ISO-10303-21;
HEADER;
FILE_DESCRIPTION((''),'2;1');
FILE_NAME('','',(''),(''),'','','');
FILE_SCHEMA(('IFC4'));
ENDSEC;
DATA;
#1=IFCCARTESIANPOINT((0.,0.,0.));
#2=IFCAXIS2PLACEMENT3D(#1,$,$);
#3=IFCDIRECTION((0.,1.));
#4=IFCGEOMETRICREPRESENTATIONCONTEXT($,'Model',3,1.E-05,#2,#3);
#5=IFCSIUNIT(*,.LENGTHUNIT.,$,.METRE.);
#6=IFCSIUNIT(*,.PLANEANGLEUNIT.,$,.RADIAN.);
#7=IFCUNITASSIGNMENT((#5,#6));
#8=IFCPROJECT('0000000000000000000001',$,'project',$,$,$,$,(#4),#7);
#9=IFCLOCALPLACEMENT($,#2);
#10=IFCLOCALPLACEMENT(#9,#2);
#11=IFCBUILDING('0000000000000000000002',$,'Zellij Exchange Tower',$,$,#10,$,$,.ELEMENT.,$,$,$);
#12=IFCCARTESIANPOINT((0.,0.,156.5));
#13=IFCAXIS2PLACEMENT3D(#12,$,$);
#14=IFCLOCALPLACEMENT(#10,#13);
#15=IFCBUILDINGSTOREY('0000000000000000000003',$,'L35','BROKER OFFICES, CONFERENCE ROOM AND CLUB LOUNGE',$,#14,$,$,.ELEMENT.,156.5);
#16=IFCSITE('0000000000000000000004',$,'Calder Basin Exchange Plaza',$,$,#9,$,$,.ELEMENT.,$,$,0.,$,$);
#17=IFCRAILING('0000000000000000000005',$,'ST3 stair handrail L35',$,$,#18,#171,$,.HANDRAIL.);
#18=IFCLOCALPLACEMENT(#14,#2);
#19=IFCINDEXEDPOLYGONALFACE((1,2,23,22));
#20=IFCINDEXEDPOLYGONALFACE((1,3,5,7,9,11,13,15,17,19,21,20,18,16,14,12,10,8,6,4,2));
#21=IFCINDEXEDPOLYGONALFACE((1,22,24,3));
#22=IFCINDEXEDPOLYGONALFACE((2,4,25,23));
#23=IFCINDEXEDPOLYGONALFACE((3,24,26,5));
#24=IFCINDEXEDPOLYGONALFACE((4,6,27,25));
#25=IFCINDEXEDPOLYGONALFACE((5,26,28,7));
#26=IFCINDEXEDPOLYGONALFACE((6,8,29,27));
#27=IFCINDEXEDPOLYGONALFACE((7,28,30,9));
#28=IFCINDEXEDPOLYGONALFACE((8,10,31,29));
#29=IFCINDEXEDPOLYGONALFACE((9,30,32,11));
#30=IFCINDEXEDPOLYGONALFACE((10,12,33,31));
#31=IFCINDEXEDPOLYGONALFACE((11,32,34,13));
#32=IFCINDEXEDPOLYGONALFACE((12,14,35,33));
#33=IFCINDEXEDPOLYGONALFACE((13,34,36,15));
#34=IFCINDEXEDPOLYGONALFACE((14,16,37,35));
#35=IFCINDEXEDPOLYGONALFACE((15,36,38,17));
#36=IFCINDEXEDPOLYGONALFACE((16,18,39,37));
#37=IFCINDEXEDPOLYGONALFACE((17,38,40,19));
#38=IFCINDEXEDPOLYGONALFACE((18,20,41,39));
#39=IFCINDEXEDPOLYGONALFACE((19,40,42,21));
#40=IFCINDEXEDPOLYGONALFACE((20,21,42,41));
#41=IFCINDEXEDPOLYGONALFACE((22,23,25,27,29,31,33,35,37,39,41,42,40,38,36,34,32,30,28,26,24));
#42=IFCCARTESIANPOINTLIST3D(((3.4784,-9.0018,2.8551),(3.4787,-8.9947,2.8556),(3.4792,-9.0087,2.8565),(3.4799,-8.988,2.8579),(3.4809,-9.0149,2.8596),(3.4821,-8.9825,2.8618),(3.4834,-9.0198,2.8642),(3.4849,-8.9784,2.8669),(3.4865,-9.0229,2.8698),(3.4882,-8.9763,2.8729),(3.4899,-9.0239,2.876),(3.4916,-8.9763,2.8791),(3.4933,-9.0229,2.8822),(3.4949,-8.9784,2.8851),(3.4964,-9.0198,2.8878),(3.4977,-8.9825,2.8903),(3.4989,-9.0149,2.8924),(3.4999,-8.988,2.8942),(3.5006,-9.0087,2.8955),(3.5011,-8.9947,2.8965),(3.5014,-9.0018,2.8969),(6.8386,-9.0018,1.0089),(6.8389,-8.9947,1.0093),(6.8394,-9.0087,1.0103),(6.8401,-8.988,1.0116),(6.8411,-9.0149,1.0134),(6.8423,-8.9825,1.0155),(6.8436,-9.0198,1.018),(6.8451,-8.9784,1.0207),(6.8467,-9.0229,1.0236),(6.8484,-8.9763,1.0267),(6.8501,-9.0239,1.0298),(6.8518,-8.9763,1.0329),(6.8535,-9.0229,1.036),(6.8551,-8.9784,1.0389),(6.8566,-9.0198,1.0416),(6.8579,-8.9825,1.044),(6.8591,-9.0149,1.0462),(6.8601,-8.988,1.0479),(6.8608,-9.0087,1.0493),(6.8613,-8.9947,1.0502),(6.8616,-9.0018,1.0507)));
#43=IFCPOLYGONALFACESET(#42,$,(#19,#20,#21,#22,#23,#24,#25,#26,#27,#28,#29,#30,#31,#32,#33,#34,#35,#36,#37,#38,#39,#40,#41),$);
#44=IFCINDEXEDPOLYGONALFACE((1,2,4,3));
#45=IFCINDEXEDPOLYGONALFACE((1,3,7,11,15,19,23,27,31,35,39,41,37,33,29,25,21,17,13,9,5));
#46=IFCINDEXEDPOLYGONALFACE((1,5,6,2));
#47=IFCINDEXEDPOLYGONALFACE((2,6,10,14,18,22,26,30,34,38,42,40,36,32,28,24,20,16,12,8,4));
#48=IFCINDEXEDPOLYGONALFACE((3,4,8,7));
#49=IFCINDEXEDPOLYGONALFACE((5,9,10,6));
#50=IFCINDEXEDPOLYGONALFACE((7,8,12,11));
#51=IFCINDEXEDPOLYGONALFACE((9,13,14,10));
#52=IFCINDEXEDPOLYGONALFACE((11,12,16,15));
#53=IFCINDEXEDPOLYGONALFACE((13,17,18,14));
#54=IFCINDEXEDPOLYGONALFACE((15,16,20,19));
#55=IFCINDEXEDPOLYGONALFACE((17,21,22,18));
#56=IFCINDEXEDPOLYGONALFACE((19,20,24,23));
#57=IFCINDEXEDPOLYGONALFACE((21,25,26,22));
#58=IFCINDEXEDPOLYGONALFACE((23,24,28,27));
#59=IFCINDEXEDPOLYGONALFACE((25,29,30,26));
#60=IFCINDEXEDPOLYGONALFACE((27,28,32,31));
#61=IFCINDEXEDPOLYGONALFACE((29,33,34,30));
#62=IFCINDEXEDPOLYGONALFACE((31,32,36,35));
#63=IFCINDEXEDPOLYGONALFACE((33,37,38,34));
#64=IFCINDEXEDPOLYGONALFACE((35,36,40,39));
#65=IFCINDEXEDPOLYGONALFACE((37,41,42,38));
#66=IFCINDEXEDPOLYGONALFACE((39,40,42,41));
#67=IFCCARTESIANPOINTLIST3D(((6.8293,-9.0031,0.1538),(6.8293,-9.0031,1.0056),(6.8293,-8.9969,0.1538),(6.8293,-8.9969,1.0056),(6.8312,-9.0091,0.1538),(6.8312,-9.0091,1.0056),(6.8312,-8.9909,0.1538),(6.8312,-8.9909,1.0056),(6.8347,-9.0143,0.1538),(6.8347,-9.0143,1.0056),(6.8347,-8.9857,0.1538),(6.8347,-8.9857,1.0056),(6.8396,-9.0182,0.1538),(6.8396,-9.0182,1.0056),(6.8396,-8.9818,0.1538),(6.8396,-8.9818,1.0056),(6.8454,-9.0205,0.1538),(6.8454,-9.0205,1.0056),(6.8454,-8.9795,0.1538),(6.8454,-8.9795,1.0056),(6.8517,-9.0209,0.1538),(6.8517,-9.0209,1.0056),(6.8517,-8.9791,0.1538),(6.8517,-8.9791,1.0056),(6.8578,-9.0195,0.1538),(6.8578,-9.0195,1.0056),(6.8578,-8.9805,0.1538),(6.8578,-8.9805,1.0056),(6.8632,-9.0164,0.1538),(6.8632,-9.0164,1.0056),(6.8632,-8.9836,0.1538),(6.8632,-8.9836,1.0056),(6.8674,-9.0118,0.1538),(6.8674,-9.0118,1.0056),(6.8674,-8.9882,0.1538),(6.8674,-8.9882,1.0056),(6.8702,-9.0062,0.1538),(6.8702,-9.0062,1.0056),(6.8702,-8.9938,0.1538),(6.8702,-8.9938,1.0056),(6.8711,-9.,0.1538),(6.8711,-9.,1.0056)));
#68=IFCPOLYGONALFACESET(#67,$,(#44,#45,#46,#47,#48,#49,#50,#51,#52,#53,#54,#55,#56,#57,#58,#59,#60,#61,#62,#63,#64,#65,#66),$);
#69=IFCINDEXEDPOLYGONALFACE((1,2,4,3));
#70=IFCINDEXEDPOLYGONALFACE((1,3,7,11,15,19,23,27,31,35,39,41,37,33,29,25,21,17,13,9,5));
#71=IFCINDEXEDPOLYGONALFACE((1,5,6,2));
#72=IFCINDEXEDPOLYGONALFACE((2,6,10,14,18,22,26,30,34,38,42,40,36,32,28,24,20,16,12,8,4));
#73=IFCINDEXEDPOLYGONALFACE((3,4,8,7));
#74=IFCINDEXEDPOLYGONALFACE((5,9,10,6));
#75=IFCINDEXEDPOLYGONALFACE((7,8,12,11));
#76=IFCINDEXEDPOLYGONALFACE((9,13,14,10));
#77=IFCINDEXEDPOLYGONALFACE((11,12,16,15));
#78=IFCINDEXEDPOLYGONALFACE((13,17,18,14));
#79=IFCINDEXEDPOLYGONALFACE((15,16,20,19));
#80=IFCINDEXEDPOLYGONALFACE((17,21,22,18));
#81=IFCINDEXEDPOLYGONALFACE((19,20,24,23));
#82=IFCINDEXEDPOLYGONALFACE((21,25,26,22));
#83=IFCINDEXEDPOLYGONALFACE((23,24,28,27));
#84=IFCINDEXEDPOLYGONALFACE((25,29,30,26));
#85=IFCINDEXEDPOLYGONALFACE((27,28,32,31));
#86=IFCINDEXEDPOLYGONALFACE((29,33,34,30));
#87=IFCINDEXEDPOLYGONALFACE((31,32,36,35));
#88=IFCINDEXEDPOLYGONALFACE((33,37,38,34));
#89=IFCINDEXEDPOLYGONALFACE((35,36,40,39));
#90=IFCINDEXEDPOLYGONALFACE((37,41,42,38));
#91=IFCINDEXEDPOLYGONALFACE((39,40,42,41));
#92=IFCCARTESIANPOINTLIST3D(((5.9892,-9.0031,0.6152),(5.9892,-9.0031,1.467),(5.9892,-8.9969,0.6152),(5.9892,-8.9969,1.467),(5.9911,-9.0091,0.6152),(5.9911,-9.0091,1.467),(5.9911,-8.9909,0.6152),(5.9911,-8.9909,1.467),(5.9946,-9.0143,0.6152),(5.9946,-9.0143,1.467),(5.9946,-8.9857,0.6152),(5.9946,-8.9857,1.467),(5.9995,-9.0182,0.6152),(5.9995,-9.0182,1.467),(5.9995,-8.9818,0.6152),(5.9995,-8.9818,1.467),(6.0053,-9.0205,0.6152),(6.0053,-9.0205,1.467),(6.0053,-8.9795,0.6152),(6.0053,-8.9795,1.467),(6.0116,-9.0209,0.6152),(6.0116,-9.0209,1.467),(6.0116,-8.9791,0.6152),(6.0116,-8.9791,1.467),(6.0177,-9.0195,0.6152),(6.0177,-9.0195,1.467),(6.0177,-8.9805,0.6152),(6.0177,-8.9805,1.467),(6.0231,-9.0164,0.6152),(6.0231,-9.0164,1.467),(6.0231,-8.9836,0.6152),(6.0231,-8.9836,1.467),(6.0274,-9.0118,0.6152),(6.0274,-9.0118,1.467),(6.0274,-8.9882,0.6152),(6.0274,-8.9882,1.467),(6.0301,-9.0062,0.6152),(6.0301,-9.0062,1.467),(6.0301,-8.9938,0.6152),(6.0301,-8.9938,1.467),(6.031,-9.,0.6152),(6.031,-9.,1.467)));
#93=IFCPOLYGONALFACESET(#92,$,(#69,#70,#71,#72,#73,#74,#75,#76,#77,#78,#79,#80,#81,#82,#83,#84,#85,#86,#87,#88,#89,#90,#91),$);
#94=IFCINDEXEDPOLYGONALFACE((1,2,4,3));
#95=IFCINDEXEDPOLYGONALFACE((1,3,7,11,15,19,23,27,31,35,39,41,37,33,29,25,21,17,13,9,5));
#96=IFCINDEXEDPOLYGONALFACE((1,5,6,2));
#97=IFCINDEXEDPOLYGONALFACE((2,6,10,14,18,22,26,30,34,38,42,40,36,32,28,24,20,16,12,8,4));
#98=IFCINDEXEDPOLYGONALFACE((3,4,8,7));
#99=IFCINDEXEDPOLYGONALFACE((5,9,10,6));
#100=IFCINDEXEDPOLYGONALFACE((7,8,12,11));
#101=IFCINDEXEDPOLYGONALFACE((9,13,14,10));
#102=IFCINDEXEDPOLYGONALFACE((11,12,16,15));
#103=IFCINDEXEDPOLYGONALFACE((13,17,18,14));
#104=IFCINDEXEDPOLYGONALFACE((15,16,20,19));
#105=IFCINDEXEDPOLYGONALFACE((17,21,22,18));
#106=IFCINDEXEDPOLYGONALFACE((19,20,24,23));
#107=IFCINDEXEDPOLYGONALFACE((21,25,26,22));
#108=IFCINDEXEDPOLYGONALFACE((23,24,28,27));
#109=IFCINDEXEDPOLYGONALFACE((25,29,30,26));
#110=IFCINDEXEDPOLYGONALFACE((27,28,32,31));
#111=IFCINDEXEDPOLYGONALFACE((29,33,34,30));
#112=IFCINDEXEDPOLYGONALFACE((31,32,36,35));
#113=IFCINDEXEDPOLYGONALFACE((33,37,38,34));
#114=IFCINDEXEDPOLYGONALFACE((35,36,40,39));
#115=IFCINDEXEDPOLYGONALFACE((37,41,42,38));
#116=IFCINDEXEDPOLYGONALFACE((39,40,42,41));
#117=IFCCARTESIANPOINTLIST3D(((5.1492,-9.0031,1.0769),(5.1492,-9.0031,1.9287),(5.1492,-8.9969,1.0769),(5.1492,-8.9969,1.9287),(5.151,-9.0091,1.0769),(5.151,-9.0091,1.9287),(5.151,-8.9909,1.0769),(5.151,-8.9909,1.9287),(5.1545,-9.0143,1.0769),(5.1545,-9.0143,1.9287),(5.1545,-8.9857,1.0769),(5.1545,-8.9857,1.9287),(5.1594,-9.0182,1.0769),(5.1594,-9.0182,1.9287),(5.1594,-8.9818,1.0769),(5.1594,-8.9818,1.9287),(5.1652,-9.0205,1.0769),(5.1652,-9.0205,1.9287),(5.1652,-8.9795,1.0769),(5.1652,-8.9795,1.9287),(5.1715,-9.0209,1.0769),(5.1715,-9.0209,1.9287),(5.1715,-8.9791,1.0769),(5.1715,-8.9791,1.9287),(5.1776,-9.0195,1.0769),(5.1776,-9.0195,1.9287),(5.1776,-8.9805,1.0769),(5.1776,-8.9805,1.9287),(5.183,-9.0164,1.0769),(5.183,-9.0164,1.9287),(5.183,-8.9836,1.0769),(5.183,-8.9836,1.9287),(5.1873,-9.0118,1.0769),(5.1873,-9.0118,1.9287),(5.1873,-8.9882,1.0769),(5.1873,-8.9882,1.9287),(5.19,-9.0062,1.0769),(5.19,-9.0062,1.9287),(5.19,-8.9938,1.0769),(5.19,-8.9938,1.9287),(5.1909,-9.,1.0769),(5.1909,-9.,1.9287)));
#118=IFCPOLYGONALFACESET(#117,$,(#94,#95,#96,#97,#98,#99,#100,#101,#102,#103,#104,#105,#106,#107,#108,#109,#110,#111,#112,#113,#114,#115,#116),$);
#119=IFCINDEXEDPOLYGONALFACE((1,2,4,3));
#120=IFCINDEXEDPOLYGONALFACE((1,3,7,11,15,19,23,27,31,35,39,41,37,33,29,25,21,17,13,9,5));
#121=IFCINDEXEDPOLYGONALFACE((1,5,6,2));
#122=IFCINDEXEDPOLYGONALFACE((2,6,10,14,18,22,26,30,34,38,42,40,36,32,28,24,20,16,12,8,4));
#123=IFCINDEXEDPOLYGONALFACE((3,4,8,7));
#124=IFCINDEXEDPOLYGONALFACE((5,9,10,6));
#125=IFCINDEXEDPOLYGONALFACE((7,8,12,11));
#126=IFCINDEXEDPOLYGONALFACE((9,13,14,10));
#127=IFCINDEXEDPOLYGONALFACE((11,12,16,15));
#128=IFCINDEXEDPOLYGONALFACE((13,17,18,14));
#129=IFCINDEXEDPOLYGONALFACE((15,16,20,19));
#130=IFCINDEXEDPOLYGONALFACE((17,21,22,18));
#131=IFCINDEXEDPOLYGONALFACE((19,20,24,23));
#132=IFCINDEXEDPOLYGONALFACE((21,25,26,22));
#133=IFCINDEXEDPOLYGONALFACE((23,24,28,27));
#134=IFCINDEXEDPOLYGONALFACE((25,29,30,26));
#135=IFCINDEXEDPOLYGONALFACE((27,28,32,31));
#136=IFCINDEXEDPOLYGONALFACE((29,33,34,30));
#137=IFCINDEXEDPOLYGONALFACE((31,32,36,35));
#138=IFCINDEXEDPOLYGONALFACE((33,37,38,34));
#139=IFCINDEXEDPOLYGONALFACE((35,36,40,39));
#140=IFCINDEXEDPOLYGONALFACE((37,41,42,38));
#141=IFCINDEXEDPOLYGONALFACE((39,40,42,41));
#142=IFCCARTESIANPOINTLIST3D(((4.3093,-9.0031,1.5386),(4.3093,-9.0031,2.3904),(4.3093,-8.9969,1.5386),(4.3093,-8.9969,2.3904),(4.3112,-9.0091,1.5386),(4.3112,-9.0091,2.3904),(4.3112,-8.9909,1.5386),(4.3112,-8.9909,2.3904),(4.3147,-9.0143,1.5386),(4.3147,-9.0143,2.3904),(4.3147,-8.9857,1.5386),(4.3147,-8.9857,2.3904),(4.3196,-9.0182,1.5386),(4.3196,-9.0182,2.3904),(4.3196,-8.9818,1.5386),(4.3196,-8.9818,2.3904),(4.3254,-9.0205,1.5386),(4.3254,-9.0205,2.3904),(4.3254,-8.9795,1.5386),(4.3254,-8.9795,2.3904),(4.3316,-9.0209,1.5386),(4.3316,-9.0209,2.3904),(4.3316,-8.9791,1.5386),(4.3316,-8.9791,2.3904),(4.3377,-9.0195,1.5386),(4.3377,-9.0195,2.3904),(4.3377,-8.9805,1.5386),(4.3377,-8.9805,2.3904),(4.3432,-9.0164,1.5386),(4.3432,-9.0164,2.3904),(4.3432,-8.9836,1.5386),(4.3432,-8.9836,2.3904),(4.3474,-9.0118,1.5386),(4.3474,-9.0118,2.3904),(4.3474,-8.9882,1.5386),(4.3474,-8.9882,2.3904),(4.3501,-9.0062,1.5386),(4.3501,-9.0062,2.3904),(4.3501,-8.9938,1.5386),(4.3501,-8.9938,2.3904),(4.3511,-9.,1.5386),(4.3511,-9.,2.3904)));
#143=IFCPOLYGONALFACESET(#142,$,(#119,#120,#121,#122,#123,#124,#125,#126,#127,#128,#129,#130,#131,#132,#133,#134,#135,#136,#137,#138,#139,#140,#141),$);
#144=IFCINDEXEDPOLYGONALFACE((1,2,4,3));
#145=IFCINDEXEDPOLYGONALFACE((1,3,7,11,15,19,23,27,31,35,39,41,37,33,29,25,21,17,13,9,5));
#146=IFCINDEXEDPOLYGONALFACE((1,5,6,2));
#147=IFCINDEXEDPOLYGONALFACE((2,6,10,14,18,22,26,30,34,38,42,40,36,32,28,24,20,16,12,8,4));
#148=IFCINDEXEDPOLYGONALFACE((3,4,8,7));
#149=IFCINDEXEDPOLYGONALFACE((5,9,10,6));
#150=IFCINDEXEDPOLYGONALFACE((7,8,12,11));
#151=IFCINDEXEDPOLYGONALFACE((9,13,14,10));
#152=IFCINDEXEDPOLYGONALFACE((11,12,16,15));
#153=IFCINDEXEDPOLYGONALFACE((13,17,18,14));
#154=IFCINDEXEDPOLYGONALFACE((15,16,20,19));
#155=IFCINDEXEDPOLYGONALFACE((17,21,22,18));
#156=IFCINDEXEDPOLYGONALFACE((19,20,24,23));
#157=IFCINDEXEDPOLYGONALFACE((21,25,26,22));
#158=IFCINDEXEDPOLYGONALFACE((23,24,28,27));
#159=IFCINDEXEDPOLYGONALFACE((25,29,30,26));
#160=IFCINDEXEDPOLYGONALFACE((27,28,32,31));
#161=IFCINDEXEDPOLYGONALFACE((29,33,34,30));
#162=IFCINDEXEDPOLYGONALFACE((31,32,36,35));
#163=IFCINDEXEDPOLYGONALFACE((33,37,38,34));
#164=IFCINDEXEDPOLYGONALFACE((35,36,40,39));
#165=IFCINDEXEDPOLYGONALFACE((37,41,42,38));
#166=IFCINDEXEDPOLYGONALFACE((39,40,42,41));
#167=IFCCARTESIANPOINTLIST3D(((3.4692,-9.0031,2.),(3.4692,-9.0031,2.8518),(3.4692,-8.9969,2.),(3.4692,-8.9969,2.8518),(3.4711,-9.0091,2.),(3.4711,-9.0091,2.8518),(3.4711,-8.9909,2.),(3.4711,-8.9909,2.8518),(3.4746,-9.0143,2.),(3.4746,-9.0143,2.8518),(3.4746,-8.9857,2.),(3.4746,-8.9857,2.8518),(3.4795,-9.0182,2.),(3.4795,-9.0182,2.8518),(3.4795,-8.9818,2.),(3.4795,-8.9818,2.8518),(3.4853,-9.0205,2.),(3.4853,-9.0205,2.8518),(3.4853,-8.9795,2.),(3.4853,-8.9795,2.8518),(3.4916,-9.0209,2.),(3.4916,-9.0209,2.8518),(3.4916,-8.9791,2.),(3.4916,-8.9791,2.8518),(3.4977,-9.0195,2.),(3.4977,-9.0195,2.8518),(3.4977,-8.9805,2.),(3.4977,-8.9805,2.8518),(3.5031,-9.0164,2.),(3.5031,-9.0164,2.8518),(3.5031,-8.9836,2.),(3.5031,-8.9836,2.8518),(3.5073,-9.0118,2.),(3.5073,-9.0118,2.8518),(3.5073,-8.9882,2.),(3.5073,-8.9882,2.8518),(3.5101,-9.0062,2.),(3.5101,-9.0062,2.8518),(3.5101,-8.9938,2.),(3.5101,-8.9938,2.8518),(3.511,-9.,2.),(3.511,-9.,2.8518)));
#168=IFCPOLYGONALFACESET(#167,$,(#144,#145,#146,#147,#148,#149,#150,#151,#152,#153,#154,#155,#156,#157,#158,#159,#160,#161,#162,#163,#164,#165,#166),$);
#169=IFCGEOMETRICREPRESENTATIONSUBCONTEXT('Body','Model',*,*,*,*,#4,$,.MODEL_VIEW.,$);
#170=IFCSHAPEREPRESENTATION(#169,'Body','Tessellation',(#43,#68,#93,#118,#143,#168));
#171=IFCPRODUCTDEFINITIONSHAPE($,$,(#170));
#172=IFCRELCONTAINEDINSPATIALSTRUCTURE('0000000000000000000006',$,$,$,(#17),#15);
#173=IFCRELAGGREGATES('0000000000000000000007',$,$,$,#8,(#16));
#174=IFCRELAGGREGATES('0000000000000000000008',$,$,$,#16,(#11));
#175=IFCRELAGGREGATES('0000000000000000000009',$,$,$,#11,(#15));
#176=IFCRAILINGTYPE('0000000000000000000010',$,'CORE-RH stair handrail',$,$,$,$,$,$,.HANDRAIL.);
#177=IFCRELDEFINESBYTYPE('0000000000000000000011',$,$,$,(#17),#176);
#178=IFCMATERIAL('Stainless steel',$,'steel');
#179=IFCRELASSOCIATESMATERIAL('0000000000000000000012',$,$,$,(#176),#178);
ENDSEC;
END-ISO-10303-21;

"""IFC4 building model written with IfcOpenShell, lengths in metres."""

from ifc_helpers import new_model, si_unit, direction, frame, origin, origin_2d, place, context, subcontext, project, spatial, circle, extrude, material, type_object, element, save


model = new_model("IFC4")

# Units and contexts
model_context = context("Model", 3, precision=1e-05, world=origin(), true_north=direction((0.0, 1.0)))
body_context = subcontext(model_context, "Body", "Model", "MODEL_VIEW")
ifc_project = project(units=[si_unit("LENGTHUNIT", "METRE"), si_unit("PLANEANGLEUNIT", "RADIAN")], contexts=[model_context])

# Site, building, storey
site_placement = place(None, origin())
site = spatial("IfcSite", under=ifc_project, at=site_placement, Name="Calder Basin Exchange Plaza", CompositionType="ELEMENT", RefElevation=0.0)
building_placement = place(site_placement, origin())
building = spatial("IfcBuilding", under=site, at=building_placement, Name="Zellij Exchange Tower", CompositionType="ELEMENT")
storey_placement = place(building_placement, frame((0.0, 0.0, 156.5)))
storey = spatial("IfcBuildingStorey", under=building, at=storey_placement, Name="L35", Description="BROKER OFFICES, CONFERENCE ROOM AND CLUB LOUNGE", CompositionType="ELEMENT", Elevation=156.5)

# Railing
ifc_material_1 = material(Name="Stainless steel", Category="steel")
railing_type_1 = type_object("IfcRailingType", Name="CORE-RH stair handrail", PredefinedType="HANDRAIL", material=ifc_material_1)
railing_1_placement = place(storey_placement, frame((6.8501, -9.0, 0.1538)))
element("IfcRailing", 1, at=railing_1_placement, inside=storey, type_object=railing_type_1, Name="ST3 stair handrail L35", PredefinedType="HANDRAIL", context=body_context, shape_type="SweptSolid", body=[
    extrude(circle(Radius=0.0239, at=origin_2d()), frame((0.0, 0.0, 0.876), z_axis=(-0.876422, 0.0, 0.481545), x_axis=(0.0, -1.0, 0.0)), (0.0, 0.0, 1.0), 3.834),
    extrude(circle(Radius=0.021, at=origin_2d()), origin(), (0.0, 0.0, 1.0), 0.8518),
    extrude(circle(Radius=0.021, at=origin_2d()), frame((-0.8401, 0.0, 0.4614)), (0.0, 0.0, 1.0), 0.8518),
    extrude(circle(Radius=0.021, at=origin_2d()), frame((-1.6802, 0.0, 0.9231)), (0.0, 0.0, 1.0), 0.8518),
    extrude(circle(Radius=0.021, at=origin_2d()), frame((-2.52, 0.0, 1.3848)), (0.0, 0.0, 1.0), 0.8518),
    extrude(circle(Radius=0.021, at=origin_2d()), frame((-3.3601, 0.0, 1.8462)), (0.0, 0.0, 1.0), 0.8518),
])

save(model, "model.ifc")
